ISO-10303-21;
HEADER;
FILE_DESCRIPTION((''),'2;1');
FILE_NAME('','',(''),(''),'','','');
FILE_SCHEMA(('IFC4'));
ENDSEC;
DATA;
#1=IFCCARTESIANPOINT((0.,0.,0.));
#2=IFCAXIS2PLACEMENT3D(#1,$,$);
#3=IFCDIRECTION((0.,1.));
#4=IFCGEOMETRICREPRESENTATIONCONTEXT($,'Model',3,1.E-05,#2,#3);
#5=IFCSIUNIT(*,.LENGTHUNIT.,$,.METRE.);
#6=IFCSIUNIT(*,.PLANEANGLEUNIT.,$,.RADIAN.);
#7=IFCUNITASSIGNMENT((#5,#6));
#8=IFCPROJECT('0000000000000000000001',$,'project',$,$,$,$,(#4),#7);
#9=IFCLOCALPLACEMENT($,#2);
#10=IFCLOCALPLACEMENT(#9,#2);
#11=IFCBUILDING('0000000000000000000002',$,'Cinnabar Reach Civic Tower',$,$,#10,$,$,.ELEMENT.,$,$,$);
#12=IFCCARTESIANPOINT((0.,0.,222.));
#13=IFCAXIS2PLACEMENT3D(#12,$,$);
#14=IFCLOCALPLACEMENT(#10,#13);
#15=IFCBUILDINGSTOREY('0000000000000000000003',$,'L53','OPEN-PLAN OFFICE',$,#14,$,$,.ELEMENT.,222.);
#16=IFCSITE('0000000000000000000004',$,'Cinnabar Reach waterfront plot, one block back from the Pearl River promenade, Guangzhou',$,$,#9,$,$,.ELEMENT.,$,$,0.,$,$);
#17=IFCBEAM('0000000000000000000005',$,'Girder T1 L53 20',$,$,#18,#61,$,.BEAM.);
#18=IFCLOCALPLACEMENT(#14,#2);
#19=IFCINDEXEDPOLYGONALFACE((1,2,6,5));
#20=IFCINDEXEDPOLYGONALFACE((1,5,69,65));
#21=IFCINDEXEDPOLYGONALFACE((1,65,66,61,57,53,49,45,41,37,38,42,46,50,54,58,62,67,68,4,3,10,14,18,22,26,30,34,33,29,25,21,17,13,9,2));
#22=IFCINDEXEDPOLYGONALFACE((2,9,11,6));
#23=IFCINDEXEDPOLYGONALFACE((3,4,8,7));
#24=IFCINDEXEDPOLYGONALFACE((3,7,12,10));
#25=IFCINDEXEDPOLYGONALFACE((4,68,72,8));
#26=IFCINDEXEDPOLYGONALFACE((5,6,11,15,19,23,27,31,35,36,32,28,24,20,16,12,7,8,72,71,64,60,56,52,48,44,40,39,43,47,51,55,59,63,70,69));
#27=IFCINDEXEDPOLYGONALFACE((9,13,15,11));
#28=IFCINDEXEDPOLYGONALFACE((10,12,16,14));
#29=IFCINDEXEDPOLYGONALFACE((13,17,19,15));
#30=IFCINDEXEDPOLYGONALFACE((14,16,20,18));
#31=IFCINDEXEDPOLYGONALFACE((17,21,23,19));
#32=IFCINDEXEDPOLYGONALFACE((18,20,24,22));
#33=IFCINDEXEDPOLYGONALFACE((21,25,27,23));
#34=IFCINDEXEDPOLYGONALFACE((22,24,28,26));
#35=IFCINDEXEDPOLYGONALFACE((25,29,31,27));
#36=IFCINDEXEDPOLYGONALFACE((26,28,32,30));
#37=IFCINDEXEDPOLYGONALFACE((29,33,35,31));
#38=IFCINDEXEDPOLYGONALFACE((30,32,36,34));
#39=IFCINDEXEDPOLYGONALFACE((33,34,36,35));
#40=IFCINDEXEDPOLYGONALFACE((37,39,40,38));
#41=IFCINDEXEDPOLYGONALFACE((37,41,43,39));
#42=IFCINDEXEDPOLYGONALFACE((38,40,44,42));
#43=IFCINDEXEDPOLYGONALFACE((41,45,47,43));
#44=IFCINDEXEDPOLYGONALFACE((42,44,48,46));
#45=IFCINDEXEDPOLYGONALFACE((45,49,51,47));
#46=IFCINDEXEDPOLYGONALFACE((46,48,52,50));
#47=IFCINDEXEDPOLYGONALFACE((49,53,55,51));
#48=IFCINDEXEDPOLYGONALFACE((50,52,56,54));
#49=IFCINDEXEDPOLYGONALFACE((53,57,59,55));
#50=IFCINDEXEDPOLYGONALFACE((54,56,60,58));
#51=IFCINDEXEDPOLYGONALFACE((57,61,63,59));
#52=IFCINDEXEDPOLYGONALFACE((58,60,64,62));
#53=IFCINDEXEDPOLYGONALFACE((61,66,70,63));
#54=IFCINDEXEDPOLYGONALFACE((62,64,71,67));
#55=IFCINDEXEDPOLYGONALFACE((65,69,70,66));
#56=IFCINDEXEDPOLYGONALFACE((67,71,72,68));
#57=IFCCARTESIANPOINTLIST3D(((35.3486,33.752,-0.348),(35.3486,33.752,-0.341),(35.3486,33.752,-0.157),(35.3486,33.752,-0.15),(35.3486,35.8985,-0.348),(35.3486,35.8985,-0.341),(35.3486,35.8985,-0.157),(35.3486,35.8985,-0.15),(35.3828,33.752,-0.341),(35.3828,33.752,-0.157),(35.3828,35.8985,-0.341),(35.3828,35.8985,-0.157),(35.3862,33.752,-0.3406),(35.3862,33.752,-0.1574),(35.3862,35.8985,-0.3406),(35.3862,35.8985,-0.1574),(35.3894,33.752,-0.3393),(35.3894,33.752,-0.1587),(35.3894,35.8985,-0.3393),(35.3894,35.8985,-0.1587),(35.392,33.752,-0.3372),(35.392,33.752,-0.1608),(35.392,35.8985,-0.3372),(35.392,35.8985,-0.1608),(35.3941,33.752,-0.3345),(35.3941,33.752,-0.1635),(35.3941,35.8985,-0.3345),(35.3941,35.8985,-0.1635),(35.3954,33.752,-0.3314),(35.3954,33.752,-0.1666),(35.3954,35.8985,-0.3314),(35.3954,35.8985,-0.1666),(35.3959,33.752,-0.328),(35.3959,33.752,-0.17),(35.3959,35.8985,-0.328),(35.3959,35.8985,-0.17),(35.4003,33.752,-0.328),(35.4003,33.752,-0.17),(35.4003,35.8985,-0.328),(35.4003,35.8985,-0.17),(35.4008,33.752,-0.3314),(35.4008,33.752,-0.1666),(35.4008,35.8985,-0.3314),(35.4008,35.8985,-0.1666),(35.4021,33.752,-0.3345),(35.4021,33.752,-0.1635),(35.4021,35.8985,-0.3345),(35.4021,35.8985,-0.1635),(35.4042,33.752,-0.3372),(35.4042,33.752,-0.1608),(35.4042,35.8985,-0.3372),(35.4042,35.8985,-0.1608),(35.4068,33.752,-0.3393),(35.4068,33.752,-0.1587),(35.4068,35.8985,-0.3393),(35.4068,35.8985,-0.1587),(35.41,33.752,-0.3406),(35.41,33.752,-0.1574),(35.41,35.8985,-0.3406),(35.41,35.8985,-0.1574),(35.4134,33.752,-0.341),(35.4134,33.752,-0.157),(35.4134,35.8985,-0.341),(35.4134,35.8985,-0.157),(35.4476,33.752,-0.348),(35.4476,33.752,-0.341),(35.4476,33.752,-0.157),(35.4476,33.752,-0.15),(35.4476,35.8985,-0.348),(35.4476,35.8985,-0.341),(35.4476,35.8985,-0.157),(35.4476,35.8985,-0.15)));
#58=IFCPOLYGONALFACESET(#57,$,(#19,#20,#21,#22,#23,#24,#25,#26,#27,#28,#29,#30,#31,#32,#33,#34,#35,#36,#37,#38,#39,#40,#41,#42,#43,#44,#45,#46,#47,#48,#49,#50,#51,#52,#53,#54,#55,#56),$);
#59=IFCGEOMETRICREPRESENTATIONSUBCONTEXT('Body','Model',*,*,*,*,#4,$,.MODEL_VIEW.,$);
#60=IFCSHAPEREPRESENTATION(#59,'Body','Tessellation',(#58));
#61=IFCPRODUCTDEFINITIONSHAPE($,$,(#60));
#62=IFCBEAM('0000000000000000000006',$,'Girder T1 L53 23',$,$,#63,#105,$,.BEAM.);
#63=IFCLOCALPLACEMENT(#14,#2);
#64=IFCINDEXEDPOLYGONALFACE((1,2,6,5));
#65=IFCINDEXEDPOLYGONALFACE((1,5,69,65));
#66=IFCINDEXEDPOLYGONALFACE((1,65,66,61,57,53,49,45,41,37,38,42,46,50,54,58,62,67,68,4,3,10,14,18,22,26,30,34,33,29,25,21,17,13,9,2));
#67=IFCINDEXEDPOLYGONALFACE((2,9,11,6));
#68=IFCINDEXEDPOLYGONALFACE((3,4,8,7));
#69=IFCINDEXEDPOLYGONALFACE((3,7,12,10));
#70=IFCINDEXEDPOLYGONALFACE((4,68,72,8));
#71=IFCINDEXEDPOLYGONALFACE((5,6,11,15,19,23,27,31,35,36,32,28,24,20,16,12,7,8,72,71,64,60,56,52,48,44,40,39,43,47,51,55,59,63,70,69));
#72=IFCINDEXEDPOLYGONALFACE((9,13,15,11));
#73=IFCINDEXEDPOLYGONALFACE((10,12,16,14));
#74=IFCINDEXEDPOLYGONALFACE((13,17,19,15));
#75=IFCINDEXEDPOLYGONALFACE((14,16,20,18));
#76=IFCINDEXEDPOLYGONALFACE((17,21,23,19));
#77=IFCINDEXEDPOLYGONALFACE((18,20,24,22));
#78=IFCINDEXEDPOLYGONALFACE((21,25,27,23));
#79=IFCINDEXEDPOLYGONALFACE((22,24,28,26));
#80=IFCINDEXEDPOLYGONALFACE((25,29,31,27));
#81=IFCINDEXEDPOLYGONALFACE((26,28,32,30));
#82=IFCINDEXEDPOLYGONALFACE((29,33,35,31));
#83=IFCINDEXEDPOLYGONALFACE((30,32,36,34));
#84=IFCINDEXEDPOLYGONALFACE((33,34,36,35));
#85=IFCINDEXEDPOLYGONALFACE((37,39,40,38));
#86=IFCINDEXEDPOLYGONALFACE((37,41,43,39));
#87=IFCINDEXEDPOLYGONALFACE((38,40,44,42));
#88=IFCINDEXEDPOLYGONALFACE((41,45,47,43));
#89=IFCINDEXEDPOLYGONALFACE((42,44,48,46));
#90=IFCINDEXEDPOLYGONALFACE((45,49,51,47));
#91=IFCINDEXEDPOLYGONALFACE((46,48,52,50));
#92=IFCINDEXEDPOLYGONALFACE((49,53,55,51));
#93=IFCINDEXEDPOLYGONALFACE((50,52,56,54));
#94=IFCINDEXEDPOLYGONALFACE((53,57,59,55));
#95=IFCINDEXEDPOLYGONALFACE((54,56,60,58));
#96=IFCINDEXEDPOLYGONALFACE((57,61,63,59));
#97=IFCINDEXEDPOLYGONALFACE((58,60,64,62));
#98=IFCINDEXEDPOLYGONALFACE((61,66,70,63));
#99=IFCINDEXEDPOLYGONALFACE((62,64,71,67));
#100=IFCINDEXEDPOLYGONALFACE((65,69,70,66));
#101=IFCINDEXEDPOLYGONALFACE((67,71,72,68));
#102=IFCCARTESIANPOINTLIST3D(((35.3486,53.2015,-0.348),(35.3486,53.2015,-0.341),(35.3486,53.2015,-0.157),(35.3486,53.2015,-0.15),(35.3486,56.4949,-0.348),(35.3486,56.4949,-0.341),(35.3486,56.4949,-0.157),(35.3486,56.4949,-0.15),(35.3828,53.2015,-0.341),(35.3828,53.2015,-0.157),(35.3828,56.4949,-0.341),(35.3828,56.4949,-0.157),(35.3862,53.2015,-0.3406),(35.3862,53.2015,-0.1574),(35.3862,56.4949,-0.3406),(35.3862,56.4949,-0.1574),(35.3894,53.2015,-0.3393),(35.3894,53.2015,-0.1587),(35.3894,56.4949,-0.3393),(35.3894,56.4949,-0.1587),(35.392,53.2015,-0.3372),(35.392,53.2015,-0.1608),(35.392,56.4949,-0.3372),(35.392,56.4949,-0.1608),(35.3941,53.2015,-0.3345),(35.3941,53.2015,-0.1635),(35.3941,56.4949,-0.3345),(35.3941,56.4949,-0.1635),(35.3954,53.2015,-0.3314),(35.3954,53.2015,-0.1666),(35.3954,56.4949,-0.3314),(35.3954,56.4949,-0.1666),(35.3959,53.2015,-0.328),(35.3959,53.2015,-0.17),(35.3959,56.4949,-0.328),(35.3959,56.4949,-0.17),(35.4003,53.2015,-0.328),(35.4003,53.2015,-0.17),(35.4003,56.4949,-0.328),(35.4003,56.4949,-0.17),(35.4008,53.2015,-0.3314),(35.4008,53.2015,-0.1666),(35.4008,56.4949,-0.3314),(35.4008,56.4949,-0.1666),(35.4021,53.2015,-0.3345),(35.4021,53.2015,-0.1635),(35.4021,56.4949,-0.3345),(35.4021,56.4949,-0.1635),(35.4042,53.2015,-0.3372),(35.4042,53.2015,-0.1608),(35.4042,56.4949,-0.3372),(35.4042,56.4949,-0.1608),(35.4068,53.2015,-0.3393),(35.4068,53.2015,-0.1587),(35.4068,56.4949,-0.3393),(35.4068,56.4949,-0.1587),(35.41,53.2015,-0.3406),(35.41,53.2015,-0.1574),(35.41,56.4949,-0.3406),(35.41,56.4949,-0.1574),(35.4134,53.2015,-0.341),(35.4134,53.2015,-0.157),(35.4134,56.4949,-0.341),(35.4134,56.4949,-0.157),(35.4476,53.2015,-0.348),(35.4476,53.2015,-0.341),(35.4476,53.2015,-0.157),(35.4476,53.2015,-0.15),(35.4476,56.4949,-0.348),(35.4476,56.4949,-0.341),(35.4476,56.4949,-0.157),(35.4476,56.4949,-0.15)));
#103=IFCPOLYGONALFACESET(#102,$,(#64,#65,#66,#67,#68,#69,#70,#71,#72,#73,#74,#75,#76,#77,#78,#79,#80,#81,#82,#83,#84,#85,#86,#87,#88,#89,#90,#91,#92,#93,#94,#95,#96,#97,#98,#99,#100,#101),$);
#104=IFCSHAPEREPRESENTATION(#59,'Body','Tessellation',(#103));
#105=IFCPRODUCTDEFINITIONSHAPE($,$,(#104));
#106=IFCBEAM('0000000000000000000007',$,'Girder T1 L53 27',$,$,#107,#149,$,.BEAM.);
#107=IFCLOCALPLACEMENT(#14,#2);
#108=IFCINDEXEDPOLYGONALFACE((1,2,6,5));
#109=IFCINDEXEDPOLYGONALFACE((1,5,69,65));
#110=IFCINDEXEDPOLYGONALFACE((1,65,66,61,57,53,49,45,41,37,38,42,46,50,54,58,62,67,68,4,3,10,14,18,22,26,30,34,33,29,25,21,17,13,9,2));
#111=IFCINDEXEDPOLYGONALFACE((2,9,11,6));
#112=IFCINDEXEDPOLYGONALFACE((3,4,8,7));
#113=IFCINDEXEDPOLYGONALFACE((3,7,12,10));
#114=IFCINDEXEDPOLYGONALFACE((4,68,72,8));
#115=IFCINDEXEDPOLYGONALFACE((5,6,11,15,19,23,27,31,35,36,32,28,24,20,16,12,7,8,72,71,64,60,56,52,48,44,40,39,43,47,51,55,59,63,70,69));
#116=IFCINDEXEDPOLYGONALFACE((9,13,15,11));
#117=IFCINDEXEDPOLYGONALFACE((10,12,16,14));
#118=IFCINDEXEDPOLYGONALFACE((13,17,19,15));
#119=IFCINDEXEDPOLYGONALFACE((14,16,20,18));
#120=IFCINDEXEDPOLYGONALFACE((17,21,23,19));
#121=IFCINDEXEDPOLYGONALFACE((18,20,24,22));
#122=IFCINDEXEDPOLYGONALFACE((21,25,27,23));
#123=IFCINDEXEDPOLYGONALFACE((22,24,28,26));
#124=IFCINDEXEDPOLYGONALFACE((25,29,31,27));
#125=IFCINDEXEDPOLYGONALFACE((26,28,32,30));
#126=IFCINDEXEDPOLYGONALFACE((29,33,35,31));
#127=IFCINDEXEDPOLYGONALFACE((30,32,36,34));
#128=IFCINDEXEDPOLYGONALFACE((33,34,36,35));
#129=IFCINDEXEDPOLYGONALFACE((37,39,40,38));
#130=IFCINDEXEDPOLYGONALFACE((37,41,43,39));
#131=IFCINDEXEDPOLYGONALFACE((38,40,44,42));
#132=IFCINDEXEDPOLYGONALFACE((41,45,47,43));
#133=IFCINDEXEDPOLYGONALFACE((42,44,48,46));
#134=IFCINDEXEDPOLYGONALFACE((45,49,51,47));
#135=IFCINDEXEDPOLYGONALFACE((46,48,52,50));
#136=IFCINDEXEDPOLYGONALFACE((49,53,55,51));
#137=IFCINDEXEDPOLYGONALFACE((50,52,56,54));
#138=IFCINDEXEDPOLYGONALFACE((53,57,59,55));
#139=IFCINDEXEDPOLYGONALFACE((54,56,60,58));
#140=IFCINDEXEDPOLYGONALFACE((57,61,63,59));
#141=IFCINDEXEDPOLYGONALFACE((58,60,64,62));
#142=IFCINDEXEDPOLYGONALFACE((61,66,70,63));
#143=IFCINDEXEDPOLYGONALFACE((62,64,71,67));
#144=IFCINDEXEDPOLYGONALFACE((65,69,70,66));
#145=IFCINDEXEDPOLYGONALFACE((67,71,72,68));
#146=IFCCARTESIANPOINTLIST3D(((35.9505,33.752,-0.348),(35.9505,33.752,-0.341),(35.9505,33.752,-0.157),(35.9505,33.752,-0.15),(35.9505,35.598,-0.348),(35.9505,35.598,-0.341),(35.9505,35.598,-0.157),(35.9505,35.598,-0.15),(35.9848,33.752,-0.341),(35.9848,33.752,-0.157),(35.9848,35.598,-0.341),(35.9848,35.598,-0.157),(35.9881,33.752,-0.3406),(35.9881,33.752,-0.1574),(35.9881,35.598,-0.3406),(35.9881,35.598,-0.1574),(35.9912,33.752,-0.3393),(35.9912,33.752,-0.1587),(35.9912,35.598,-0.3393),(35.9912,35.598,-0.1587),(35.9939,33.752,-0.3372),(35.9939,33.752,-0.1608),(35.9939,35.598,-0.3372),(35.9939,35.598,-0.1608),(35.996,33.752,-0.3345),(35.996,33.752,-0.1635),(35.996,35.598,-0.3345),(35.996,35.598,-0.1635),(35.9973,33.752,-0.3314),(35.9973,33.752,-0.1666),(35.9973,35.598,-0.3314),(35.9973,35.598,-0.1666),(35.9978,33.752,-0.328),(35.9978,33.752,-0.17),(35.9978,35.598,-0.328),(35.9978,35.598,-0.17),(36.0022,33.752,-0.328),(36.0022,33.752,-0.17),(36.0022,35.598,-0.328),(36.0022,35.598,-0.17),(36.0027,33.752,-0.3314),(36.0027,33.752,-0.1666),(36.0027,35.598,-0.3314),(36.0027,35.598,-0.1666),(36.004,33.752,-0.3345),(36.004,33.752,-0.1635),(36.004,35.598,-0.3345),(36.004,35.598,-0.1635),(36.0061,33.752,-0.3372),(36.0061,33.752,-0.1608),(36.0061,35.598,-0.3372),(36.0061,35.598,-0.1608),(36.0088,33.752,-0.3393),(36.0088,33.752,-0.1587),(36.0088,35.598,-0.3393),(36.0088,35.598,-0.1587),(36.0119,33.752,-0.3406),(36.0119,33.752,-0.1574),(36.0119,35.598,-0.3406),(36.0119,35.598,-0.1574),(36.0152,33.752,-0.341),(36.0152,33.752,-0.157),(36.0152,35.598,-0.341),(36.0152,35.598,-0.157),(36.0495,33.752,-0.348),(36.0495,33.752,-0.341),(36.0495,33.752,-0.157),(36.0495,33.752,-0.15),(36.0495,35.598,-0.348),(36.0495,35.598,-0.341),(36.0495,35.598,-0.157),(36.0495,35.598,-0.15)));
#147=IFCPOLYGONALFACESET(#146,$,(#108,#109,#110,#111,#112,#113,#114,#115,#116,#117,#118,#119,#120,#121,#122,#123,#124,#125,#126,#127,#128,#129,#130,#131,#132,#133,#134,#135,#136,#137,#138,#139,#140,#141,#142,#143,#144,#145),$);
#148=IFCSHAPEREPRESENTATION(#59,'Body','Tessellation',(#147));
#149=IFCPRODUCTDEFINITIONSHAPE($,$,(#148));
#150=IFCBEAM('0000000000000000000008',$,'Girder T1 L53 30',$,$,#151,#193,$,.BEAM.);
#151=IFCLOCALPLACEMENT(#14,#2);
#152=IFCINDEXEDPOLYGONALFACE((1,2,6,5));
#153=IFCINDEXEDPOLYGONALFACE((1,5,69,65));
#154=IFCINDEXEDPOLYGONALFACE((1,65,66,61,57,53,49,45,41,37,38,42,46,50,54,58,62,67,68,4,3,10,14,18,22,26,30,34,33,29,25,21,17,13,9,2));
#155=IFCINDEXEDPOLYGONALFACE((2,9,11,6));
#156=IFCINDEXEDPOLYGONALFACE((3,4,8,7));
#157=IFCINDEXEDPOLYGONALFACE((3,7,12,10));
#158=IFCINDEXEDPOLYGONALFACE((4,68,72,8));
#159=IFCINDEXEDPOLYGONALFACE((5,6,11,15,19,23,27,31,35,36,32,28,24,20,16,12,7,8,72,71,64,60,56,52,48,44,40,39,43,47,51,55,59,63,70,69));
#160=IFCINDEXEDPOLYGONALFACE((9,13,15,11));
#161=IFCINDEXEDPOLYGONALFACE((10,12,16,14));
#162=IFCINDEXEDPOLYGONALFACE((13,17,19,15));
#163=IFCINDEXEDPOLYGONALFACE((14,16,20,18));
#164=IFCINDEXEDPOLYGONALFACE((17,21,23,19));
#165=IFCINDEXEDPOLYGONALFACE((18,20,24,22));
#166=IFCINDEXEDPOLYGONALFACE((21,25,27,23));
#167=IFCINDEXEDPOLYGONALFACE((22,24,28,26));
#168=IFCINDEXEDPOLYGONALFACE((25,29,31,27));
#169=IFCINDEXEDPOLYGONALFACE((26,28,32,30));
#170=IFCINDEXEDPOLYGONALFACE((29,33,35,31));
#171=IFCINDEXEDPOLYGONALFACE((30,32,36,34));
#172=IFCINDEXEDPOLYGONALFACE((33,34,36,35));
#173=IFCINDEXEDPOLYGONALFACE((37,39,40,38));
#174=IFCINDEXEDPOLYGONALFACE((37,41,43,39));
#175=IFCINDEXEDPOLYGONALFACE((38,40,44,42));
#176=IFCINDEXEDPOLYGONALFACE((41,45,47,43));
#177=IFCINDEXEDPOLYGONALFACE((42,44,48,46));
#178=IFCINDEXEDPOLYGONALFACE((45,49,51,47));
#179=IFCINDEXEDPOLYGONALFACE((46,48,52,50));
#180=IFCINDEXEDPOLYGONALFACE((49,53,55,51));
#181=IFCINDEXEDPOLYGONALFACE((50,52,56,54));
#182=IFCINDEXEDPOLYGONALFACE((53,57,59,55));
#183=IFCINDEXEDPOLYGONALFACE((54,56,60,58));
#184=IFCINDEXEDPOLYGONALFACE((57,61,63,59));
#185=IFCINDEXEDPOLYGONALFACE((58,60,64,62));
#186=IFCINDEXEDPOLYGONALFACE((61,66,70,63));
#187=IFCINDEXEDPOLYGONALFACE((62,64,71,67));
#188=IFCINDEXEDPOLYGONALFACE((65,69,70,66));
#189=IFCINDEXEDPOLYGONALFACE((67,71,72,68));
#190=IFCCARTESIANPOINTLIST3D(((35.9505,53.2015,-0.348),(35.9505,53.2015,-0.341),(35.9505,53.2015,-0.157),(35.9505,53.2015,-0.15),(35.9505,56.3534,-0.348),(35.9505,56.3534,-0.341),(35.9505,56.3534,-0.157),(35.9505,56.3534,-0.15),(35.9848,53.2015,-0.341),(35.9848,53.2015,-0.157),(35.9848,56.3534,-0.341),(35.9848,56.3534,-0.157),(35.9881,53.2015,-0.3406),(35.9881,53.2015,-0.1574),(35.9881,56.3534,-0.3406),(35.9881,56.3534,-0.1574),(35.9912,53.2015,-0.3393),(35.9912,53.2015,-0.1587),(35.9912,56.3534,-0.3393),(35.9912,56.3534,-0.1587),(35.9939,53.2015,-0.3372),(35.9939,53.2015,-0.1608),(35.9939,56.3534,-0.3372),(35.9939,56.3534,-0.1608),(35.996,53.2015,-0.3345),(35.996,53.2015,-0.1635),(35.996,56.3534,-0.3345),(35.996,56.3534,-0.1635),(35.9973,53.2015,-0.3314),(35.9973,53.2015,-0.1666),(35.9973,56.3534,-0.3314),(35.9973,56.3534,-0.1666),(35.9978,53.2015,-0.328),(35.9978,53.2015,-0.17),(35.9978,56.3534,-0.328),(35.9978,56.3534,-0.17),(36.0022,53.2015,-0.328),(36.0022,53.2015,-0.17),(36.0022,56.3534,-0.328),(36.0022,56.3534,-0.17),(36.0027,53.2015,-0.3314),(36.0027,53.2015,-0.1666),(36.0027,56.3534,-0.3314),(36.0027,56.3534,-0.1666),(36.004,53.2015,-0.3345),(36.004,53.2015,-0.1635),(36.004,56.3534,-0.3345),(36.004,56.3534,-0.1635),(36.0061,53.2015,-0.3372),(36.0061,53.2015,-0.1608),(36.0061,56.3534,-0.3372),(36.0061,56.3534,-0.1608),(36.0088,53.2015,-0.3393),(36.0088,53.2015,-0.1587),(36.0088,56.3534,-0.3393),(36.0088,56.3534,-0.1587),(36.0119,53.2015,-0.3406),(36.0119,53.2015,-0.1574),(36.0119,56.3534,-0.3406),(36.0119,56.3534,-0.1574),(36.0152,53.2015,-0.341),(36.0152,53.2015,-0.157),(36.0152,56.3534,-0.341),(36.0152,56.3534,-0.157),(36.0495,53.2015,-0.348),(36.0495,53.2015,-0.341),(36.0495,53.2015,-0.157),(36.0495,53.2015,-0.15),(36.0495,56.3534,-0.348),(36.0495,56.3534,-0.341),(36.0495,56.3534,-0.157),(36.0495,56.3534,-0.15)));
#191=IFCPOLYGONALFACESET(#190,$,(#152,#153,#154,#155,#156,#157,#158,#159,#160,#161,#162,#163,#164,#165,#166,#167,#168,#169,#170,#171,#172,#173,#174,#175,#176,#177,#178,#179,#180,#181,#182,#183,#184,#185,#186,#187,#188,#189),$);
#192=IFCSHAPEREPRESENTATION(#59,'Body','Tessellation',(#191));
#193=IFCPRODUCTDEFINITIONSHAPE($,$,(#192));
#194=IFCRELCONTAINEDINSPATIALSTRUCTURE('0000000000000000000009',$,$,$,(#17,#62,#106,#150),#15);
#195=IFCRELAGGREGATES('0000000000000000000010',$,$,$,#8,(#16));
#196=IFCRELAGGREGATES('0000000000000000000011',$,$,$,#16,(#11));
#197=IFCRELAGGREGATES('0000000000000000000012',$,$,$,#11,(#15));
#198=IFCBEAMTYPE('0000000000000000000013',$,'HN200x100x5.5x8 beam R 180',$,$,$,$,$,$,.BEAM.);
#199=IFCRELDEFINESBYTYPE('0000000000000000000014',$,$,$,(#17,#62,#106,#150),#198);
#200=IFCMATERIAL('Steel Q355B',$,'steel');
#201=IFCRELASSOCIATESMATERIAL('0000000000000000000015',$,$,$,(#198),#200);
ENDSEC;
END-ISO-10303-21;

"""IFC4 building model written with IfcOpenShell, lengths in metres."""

from ifc_helpers import new_model, si_unit, direction, frame, origin, origin_2d, place, context, subcontext, project, spatial, i_section, extrude, material, material_profile, profile_set, type_object, element, save


model = new_model("IFC4")

# Units and contexts
model_context = context("Model", 3, precision=1e-05, world=origin(), true_north=direction((0.0, 1.0)))
body_context = subcontext(model_context, "Body", "Model", "MODEL_VIEW")
ifc_project = project(units=[si_unit("LENGTHUNIT", "METRE"), si_unit("PLANEANGLEUNIT", "RADIAN")], contexts=[model_context])

# Site, building, storey
site_placement = place(None, origin())
site = spatial("IfcSite", under=ifc_project, at=site_placement, Name="Cinnabar Reach waterfront plot, one block back from the Pearl River promenade, Guangzhou", CompositionType="ELEMENT", RefElevation=0.0)
building_placement = place(site_placement, origin())
building = spatial("IfcBuilding", under=site, at=building_placement, Name="Cinnabar Reach Civic Tower", CompositionType="ELEMENT")
storey_placement = place(building_placement, frame((0.0, 0.0, 222.0)))
storey = spatial("IfcBuildingStorey", under=building, at=storey_placement, Name="L53", Description="OPEN-PLAN OFFICE", CompositionType="ELEMENT", Elevation=222.0)

# Beams
ifc_material_1 = material(Name="Steel Q355B", Category="steel")
ifc_material_profile_1 = material_profile(ifc_material_1, i_section(OverallWidth=0.099, OverallDepth=0.198, WebThickness=0.0045, FlangeThickness=0.007, FilletRadius=0.013, at=origin_2d()), Name="HN200x100x5.5x8")
ifc_profile_set_1 = profile_set([ifc_material_profile_1], Name="Steel Q355B")
beam_type_1 = type_object("IfcBeamType", Name="HN200x100x5.5x8 beam R 180", PredefinedType="BEAM", material=ifc_profile_set_1)
beam_1_placement = place(storey_placement, frame((35.3981, 33.752, -0.249), z_axis=(0.0, 1.0, 0.0), x_axis=(-1.0, 0.0, 0.0)))
element("IfcBeam", 1, at=beam_1_placement, inside=storey, type_object=beam_type_1, Name="Girder T1 L53 20", PredefinedType="BEAM", context=body_context, shape_type="SweptSolid", body=[
    extrude(i_section(OverallWidth=0.099, OverallDepth=0.198, WebThickness=0.0045, FlangeThickness=0.007, FilletRadius=0.013, at=origin_2d()), origin(), (0.0, 0.0, 1.0), 2.1465),
])
beam_2_placement = place(storey_placement, frame((35.3981, 53.2015, -0.249), z_axis=(0.0, 1.0, 0.0), x_axis=(-1.0, 0.0, 0.0)))
element("IfcBeam", 2, at=beam_2_placement, inside=storey, type_object=beam_type_1, Name="Girder T1 L53 23", PredefinedType="BEAM", context=body_context, shape_type="SweptSolid", body=[
    extrude(i_section(OverallWidth=0.099, OverallDepth=0.198, WebThickness=0.0045, FlangeThickness=0.007, FilletRadius=0.013, at=origin_2d()), origin(), (0.0, 0.0, 1.0), 3.2934),
])
beam_3_placement = place(storey_placement, frame((36.0, 33.752, -0.249), z_axis=(0.0, 1.0, 0.0), x_axis=(-1.0, 0.0, 0.0)))
element("IfcBeam", 3, at=beam_3_placement, inside=storey, type_object=beam_type_1, Name="Girder T1 L53 27", PredefinedType="BEAM", context=body_context, shape_type="SweptSolid", body=[
    extrude(i_section(OverallWidth=0.099, OverallDepth=0.198, WebThickness=0.0045, FlangeThickness=0.007, FilletRadius=0.013, at=origin_2d()), origin(), (0.0, 0.0, 1.0), 1.846),
])
beam_4_placement = place(storey_placement, frame((36.0, 53.2015, -0.249), z_axis=(0.0, 1.0, 0.0), x_axis=(-1.0, 0.0, 0.0)))
element("IfcBeam", 4, at=beam_4_placement, inside=storey, type_object=beam_type_1, Name="Girder T1 L53 30", PredefinedType="BEAM", context=body_context, shape_type="SweptSolid", body=[
    extrude(i_section(OverallWidth=0.099, OverallDepth=0.198, WebThickness=0.0045, FlangeThickness=0.007, FilletRadius=0.013, at=origin_2d()), origin(), (0.0, 0.0, 1.0), 3.1519),
])

save(model, "model.ifc")
